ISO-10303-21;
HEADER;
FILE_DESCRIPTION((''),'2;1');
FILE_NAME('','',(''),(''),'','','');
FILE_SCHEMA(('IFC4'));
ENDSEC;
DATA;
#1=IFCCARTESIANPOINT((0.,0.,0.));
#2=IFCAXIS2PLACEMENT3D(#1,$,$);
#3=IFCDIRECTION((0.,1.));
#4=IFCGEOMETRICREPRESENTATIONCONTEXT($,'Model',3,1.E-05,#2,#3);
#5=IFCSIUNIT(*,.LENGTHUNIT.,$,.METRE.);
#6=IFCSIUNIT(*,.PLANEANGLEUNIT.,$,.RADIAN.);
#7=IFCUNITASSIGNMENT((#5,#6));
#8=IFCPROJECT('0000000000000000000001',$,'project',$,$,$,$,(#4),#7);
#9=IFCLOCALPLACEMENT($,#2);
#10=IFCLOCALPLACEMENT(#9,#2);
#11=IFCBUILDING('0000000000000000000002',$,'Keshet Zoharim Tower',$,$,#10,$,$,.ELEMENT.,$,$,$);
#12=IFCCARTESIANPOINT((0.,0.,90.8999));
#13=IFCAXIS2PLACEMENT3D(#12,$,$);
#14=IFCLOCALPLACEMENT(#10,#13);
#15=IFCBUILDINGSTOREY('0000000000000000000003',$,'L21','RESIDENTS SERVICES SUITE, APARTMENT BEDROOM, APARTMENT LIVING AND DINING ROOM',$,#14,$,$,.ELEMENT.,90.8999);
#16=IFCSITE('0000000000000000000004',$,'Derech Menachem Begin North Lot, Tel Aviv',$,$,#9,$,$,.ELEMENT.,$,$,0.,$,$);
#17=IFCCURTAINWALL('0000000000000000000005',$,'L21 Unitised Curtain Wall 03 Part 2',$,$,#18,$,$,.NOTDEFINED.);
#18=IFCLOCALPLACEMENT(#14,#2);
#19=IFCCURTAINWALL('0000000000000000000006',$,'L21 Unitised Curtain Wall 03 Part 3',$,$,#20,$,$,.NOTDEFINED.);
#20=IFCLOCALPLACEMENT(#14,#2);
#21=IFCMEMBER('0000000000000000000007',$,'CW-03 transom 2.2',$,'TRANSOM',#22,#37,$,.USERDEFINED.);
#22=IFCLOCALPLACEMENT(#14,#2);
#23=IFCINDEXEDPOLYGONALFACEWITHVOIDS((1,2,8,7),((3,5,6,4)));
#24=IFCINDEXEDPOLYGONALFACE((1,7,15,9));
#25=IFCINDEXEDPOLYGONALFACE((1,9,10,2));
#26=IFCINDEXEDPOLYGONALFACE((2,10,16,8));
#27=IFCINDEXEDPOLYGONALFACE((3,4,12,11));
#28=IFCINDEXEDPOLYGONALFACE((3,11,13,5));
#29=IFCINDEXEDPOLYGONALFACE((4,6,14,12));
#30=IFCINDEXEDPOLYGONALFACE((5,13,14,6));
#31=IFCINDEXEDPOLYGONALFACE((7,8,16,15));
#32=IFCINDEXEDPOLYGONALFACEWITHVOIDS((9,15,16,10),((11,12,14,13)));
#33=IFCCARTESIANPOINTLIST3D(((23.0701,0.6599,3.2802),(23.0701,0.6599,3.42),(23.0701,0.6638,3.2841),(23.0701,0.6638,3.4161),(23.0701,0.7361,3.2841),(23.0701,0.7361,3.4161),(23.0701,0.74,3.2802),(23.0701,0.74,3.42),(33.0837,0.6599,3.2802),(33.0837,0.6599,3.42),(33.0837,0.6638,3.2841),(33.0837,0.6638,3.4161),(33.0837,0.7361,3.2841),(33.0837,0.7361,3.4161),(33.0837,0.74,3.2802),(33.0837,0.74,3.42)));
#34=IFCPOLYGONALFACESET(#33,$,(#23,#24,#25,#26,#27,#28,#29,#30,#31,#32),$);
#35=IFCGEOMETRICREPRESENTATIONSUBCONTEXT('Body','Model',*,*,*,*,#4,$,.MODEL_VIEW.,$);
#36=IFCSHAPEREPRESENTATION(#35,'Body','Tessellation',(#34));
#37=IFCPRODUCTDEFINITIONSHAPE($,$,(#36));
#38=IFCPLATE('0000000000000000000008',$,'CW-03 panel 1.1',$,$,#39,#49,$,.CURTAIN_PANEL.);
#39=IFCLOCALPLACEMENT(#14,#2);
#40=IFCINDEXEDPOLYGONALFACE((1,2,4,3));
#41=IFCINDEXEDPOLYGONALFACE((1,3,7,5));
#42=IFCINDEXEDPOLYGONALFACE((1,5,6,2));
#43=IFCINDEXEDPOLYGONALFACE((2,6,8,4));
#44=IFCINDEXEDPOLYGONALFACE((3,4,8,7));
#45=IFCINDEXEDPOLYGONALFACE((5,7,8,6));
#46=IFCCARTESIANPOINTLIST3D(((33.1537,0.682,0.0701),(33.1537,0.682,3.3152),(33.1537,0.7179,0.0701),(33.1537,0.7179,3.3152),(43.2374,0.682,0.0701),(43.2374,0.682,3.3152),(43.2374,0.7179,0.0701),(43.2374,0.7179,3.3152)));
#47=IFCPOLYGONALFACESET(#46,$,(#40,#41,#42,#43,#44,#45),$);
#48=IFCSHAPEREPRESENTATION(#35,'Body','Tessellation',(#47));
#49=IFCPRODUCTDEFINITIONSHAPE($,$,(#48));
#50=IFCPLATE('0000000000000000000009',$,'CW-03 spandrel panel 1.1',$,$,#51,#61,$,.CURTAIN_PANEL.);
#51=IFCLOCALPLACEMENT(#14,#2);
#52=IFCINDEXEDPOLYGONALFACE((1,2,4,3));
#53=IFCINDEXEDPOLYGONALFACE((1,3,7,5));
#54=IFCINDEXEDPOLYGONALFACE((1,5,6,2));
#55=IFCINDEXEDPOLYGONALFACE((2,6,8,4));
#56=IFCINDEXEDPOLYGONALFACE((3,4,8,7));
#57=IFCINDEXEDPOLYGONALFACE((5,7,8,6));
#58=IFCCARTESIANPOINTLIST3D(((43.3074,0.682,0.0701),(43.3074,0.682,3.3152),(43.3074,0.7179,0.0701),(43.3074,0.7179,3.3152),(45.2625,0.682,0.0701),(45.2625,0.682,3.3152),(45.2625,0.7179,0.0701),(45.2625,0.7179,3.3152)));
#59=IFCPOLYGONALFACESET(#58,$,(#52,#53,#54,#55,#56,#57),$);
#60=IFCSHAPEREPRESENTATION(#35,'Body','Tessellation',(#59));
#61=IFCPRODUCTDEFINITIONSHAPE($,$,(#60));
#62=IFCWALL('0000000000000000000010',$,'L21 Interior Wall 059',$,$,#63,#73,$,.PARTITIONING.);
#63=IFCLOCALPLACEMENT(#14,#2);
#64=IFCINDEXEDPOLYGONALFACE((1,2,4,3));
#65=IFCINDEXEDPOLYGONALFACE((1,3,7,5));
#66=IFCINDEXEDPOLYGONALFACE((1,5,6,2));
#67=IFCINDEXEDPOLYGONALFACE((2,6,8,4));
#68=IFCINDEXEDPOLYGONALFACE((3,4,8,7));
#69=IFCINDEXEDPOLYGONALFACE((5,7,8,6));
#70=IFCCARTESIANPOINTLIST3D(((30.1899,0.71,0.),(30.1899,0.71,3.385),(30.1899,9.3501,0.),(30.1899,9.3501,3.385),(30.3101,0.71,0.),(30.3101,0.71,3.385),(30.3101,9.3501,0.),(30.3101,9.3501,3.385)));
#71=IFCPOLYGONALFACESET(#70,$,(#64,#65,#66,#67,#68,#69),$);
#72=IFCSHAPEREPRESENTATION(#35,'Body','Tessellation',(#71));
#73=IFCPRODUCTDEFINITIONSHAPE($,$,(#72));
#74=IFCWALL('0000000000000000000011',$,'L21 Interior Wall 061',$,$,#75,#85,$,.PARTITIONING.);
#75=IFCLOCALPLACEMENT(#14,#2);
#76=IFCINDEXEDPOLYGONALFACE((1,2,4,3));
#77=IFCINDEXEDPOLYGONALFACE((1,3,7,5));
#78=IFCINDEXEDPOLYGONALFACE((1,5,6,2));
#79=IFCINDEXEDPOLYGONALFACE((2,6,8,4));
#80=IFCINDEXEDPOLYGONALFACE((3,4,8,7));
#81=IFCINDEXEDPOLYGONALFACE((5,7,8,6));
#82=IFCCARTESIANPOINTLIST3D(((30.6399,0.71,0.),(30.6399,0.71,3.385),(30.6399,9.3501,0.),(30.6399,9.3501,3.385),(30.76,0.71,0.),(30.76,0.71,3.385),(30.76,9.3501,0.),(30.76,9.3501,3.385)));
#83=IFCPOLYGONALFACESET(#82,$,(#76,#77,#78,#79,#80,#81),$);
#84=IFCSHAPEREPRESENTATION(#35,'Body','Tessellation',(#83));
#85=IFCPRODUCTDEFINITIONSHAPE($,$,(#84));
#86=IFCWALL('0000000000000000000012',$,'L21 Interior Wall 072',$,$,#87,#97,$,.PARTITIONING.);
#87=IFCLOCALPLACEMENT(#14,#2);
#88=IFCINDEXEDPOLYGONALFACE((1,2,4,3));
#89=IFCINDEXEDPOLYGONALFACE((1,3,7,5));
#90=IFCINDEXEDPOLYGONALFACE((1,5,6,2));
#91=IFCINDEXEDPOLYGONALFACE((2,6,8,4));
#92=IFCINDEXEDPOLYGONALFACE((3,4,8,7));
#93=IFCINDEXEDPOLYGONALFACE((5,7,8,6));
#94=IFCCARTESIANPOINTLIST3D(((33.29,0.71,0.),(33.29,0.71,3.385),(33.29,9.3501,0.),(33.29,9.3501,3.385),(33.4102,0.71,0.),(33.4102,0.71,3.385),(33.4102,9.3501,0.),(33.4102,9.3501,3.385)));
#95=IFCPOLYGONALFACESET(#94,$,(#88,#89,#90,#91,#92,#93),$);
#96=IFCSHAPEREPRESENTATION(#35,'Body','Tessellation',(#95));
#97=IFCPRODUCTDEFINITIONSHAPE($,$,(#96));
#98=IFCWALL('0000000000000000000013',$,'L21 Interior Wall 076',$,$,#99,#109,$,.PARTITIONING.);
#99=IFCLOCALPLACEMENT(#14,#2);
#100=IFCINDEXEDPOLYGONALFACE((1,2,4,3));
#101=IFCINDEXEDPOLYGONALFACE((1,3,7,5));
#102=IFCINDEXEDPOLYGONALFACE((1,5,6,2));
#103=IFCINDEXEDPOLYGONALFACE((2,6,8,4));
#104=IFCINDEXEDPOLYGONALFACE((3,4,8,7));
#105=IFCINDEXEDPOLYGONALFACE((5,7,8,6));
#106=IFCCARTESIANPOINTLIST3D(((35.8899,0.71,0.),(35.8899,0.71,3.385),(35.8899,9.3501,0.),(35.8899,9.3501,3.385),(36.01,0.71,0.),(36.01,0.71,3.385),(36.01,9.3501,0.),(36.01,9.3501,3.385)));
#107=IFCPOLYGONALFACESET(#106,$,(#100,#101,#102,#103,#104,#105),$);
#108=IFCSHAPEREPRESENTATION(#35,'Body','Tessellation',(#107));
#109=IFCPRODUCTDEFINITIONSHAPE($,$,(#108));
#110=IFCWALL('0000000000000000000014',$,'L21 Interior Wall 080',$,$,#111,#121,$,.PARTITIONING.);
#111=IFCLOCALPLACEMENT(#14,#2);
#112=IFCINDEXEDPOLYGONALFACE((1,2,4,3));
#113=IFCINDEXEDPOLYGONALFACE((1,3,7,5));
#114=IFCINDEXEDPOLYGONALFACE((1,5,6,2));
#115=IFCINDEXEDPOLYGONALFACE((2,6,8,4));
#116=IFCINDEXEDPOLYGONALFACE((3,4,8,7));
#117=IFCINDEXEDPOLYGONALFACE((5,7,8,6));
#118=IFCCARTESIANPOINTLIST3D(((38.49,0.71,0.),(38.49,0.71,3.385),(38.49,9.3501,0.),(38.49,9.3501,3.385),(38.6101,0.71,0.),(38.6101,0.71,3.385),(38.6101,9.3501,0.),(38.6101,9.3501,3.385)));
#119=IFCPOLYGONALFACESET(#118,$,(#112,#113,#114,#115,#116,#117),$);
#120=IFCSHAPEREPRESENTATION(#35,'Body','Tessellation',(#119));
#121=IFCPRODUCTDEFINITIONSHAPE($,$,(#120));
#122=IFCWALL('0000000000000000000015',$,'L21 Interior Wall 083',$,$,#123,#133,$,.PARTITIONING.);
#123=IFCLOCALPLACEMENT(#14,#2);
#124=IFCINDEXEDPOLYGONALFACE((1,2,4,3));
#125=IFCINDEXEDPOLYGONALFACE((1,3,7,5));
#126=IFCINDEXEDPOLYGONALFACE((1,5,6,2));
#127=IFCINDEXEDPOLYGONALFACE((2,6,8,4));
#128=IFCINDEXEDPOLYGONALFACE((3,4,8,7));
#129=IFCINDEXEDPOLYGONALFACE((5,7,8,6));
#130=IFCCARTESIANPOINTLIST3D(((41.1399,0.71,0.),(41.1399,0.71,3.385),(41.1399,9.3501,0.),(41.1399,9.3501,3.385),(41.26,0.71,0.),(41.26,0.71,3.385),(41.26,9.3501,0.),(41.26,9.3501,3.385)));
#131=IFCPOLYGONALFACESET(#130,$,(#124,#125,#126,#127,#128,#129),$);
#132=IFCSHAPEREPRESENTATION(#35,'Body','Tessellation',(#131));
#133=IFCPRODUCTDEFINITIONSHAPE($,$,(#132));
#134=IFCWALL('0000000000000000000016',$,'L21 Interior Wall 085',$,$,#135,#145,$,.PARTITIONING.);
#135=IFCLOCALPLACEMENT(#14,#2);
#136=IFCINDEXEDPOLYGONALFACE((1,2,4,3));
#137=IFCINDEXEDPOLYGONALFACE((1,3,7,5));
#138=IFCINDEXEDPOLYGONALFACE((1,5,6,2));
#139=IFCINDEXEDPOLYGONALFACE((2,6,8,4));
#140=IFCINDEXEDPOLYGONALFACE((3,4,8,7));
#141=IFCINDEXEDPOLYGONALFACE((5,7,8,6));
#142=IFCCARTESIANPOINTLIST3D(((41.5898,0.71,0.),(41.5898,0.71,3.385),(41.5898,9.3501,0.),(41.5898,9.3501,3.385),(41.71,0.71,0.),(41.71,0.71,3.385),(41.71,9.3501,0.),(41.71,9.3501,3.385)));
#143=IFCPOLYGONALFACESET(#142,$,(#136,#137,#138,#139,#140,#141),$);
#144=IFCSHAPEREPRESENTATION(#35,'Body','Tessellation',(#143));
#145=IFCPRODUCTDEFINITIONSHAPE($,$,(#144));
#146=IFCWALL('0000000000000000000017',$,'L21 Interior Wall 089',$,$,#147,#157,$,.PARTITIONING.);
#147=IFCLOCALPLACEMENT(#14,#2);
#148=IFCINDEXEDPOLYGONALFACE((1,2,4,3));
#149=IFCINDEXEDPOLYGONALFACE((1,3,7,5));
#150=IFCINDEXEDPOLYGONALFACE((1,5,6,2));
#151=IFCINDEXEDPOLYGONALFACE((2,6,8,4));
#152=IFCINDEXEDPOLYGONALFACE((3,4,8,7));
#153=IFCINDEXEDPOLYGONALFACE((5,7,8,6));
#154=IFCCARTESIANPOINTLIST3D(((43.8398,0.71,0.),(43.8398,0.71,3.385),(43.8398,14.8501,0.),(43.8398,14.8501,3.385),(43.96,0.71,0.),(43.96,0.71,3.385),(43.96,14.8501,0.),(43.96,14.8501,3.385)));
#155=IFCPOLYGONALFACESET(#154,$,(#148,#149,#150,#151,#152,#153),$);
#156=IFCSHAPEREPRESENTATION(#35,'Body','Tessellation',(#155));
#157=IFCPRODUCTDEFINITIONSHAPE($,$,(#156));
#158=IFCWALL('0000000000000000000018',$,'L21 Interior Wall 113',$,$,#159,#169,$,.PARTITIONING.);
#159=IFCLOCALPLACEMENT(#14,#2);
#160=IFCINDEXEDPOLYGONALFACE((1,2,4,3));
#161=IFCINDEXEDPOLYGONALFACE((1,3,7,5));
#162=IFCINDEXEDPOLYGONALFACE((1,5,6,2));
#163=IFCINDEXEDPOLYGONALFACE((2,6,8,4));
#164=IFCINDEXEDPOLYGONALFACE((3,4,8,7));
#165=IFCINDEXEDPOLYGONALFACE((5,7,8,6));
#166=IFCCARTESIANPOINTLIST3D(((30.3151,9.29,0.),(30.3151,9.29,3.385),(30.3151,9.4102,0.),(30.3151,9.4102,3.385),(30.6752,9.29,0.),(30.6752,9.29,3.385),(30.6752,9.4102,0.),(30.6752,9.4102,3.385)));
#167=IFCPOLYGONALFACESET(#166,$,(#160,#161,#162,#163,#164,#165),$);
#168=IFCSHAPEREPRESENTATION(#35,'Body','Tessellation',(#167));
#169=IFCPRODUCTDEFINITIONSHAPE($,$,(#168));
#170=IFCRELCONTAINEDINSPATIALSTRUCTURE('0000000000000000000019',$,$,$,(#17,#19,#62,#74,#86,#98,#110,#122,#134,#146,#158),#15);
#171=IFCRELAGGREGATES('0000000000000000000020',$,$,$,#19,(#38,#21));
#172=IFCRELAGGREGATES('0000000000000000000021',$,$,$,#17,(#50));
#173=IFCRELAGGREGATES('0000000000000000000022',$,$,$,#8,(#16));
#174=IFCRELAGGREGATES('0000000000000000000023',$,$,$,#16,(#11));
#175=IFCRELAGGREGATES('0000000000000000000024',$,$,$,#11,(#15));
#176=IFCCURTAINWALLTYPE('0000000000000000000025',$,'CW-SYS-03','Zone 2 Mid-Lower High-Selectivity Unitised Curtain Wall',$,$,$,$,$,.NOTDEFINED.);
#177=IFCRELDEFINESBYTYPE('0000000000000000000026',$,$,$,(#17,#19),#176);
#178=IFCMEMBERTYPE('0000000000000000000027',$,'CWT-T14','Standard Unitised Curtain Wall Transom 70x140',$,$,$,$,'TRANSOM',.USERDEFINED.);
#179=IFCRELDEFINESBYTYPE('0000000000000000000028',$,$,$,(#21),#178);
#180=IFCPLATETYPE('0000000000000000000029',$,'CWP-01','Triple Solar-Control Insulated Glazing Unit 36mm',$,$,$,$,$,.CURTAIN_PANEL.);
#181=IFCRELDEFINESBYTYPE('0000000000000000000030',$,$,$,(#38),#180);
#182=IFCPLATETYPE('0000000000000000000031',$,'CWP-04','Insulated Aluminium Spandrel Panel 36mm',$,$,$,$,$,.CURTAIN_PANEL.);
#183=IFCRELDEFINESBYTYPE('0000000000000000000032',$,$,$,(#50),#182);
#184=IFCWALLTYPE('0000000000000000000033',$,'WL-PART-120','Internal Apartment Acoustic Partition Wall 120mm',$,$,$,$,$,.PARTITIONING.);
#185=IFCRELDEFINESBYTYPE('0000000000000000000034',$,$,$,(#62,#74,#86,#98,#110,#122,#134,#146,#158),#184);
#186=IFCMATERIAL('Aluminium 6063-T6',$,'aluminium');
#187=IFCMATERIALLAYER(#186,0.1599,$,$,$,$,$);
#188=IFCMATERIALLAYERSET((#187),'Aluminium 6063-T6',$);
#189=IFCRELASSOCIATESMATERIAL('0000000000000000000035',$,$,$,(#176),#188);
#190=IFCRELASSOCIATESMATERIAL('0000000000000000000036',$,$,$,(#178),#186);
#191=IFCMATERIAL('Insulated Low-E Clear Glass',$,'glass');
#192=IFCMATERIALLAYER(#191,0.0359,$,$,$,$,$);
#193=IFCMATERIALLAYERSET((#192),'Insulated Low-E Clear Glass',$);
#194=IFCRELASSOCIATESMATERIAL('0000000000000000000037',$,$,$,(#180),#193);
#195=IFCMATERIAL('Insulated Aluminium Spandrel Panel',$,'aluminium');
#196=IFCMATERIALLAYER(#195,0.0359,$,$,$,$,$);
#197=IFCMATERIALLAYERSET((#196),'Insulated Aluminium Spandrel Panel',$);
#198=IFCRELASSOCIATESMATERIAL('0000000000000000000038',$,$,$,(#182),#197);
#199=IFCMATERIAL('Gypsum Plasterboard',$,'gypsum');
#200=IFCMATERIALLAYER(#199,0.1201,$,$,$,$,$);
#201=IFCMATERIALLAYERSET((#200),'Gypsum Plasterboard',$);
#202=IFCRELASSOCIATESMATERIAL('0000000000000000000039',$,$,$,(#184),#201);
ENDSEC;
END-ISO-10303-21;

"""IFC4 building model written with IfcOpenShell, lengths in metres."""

from ifc_helpers import new_model, si_unit, direction, frame, frame_2d, origin, origin_2d, place, context, subcontext, project, spatial, rectangle, hollow_rectangle, extrude, material, layer, layer_set, material_profile, profile_set, type_object, element, aggregate, save


model = new_model("IFC4")

# Units and contexts
model_context = context("Model", 3, precision=1e-05, world=origin(), true_north=direction((0.0, 1.0)))
body_context = subcontext(model_context, "Body", "Model", "MODEL_VIEW")
ifc_project = project(units=[si_unit("LENGTHUNIT", "METRE"), si_unit("PLANEANGLEUNIT", "RADIAN")], contexts=[model_context])

# Site, building, storey
site_placement = place(None, origin())
site = spatial("IfcSite", under=ifc_project, at=site_placement, Name="Derech Menachem Begin North Lot, Tel Aviv", CompositionType="ELEMENT", RefElevation=0.0)
building_placement = place(site_placement, origin())
building = spatial("IfcBuilding", under=site, at=building_placement, Name="Keshet Zoharim Tower", CompositionType="ELEMENT")
storey_placement = place(building_placement, frame((0.0, 0.0, 90.8999)))
storey = spatial("IfcBuildingStorey", under=building, at=storey_placement, Name="L21", Description="RESIDENTS SERVICES SUITE, APARTMENT BEDROOM, APARTMENT LIVING AND DINING ROOM", CompositionType="ELEMENT", Elevation=90.8999)

# Curtain wall
ifc_material_1 = material(Name="Aluminium 6063-T6", Category="aluminium")
ifc_layer_1 = layer(ifc_material_1, 0.1599)
ifc_layer_set_1 = layer_set([ifc_layer_1], Name="Aluminium 6063-T6")
curtain_wall_type = type_object("IfcCurtainWallType", Name="CW-SYS-03", Description="Zone 2 Mid-Lower High-Selectivity Unitised Curtain Wall", PredefinedType="NOTDEFINED", material=ifc_layer_set_1)
curtain_wall_1_placement = place(storey_placement, origin())
curtain_wall_1 = element("IfcCurtainWall", 1, at=curtain_wall_1_placement, inside=storey, type_object=curtain_wall_type, Name="L21 Unitised Curtain Wall 03 Part 2", PredefinedType="NOTDEFINED")

# Curtain wall, member, plate
curtain_wall_2_placement = place(storey_placement, origin())
curtain_wall_2 = element("IfcCurtainWall", 2, at=curtain_wall_2_placement, inside=storey, type_object=curtain_wall_type, Name="L21 Unitised Curtain Wall 03 Part 3", PredefinedType="NOTDEFINED")
ifc_material_profile_1 = material_profile(ifc_material_1, hollow_rectangle(XDim=0.0801, YDim=0.1399, WallThickness=0.0039, at=origin_2d()), Name="TRN-80x140")
ifc_profile_set_1 = profile_set([ifc_material_profile_1], Name="Aluminium 6063-T6")
member_type_1 = type_object("IfcMemberType", Name="CWT-T14", Description="Standard Unitised Curtain Wall Transom 70x140", ElementType="TRANSOM", PredefinedType="USERDEFINED", material=ifc_profile_set_1)
member_1_placement = place(storey_placement, frame((33.0837, 0.7, 3.3501), z_axis=(-1.0, 0.0, 0.0), x_axis=(0.0, -1.0, 0.0)))
member_1 = element("IfcMember", 3, at=member_1_placement, type_object=member_type_1, Name="CW-03 transom 2.2", ObjectType="TRANSOM", PredefinedType="USERDEFINED", context=body_context, shape_type="SweptSolid", body=[
    extrude(hollow_rectangle(XDim=0.0801, YDim=0.1399, WallThickness=0.0039, at=origin_2d()), origin(), (0.0, 0.0, 1.0), 10.0137),
])
ifc_material_2 = material(Name="Insulated Low-E Clear Glass", Category="glass")
ifc_layer_2 = layer(ifc_material_2, 0.0359)
ifc_layer_set_2 = layer_set([ifc_layer_2], Name="Insulated Low-E Clear Glass")
plate_type_1 = type_object("IfcPlateType", Name="CWP-01", Description="Triple Solar-Control Insulated Glazing Unit 36mm", PredefinedType="CURTAIN_PANEL", material=ifc_layer_set_2)
plate_1_placement = place(storey_placement, frame((38.1956, 0.7, 0.0701), z_axis=(0.0, 0.0, 1.0), x_axis=(-1.0, 0.0, 0.0)))
plate_1 = element("IfcPlate", 4, at=plate_1_placement, type_object=plate_type_1, Name="CW-03 panel 1.1", PredefinedType="CURTAIN_PANEL", context=body_context, shape_type="SweptSolid", body=[
    extrude(rectangle(XDim=10.0837, YDim=0.0359, at=origin_2d()), origin(), (0.0, 0.0, 1.0), 3.2451),
])
aggregate(curtain_wall_2, [plate_1, member_1])

# Plate
ifc_material_3 = material(Name="Insulated Aluminium Spandrel Panel", Category="aluminium")
ifc_layer_3 = layer(ifc_material_3, 0.0359)
ifc_layer_set_3 = layer_set([ifc_layer_3], Name="Insulated Aluminium Spandrel Panel")
plate_type_2 = type_object("IfcPlateType", Name="CWP-04", Description="Insulated Aluminium Spandrel Panel 36mm", PredefinedType="CURTAIN_PANEL", material=ifc_layer_set_3)
plate_2_placement = place(storey_placement, frame((44.2849, 0.7, 0.0701), z_axis=(0.0, 0.0, 1.0), x_axis=(-1.0, 0.0, 0.0)))
plate_2 = element("IfcPlate", 5, at=plate_2_placement, type_object=plate_type_2, Name="CW-03 spandrel panel 1.1", PredefinedType="CURTAIN_PANEL", context=body_context, shape_type="SweptSolid", body=[
    extrude(rectangle(XDim=1.9551, YDim=0.0359, at=origin_2d()), origin(), (0.0, 0.0, 1.0), 3.2451),
])
aggregate(curtain_wall_1, [plate_2])

# Walls
ifc_material_4 = material(Name="Gypsum Plasterboard", Category="gypsum")
ifc_layer_4 = layer(ifc_material_4, 0.1201)
ifc_layer_set_4 = layer_set([ifc_layer_4], Name="Gypsum Plasterboard")
wall_type = type_object("IfcWallType", Name="WL-PART-120", Description="Internal Apartment Acoustic Partition Wall 120mm", PredefinedType="PARTITIONING", material=ifc_layer_set_4)
for number, where, z_axis, x_axis, name in (
    (6, (30.25, 0.71, 0.0), (0.0, 0.0, 1.0), (0.0, 1.0, 0.0), "L21 Interior Wall 059"),
    (7, (30.7, 0.71, 0.0), (0.0, 0.0, 1.0), (0.0, 1.0, 0.0), "L21 Interior Wall 061"),
    (8, (33.3501, 0.71, 0.0), (0.0, 0.0, 1.0), (0.0, 1.0, 0.0), "L21 Interior Wall 072"),
    (9, (35.95, 0.71, 0.0), (0.0, 0.0, 1.0), (0.0, 1.0, 0.0), "L21 Interior Wall 076"),
    (10, (38.55, 0.71, 0.0), (0.0, 0.0, 1.0), (0.0, 1.0, 0.0), "L21 Interior Wall 080"),
    (11, (41.2, 0.71, 0.0), (0.0, 0.0, 1.0), (0.0, 1.0, 0.0), "L21 Interior Wall 083"),
    (12, (41.6499, 0.71, 0.0), (0.0, 0.0, 1.0), (0.0, 1.0, 0.0), "L21 Interior Wall 085"),
):
    element("IfcWall", number, at=place(storey_placement, frame(where, z_axis=z_axis, x_axis=x_axis)), inside=storey, type_object=wall_type, Name=name, PredefinedType="PARTITIONING", context=body_context, shape_type="SweptSolid", body=[
        extrude(rectangle(XDim=8.6401, YDim=0.1201, at=frame_2d((4.3201, 0.0))), origin(), (0.0, 0.0, 1.0), 3.385),
    ])
wall_1_placement = place(storey_placement, frame((43.8999, 0.71, 0.0), z_axis=(0.0, 0.0, 1.0), x_axis=(0.0, 1.0, 0.0)))
element("IfcWall", 13, at=wall_1_placement, inside=storey, type_object=wall_type, Name="L21 Interior Wall 089", PredefinedType="PARTITIONING", context=body_context, shape_type="SweptSolid", body=[
    extrude(rectangle(XDim=14.1401, YDim=0.1201, at=frame_2d((7.0701, 0.0))), origin(), (0.0, 0.0, 1.0), 3.385),
])
wall_2_placement = place(storey_placement, frame((30.3149, 9.3501, 0.0), z_axis=(0.0, 0.0, 1.0), x_axis=(1.0, 0.0, 0.0)))
element("IfcWall", 14, at=wall_2_placement, inside=storey, type_object=wall_type, Name="L21 Interior Wall 113", PredefinedType="PARTITIONING", context=body_context, shape_type="SweptSolid", body=[
    extrude(rectangle(XDim=0.3601, YDim=0.1201, at=frame_2d((0.1802, 0.0))), origin(), (0.0, 0.0, 1.0), 3.385),
])

save(model, "model.ifc")
